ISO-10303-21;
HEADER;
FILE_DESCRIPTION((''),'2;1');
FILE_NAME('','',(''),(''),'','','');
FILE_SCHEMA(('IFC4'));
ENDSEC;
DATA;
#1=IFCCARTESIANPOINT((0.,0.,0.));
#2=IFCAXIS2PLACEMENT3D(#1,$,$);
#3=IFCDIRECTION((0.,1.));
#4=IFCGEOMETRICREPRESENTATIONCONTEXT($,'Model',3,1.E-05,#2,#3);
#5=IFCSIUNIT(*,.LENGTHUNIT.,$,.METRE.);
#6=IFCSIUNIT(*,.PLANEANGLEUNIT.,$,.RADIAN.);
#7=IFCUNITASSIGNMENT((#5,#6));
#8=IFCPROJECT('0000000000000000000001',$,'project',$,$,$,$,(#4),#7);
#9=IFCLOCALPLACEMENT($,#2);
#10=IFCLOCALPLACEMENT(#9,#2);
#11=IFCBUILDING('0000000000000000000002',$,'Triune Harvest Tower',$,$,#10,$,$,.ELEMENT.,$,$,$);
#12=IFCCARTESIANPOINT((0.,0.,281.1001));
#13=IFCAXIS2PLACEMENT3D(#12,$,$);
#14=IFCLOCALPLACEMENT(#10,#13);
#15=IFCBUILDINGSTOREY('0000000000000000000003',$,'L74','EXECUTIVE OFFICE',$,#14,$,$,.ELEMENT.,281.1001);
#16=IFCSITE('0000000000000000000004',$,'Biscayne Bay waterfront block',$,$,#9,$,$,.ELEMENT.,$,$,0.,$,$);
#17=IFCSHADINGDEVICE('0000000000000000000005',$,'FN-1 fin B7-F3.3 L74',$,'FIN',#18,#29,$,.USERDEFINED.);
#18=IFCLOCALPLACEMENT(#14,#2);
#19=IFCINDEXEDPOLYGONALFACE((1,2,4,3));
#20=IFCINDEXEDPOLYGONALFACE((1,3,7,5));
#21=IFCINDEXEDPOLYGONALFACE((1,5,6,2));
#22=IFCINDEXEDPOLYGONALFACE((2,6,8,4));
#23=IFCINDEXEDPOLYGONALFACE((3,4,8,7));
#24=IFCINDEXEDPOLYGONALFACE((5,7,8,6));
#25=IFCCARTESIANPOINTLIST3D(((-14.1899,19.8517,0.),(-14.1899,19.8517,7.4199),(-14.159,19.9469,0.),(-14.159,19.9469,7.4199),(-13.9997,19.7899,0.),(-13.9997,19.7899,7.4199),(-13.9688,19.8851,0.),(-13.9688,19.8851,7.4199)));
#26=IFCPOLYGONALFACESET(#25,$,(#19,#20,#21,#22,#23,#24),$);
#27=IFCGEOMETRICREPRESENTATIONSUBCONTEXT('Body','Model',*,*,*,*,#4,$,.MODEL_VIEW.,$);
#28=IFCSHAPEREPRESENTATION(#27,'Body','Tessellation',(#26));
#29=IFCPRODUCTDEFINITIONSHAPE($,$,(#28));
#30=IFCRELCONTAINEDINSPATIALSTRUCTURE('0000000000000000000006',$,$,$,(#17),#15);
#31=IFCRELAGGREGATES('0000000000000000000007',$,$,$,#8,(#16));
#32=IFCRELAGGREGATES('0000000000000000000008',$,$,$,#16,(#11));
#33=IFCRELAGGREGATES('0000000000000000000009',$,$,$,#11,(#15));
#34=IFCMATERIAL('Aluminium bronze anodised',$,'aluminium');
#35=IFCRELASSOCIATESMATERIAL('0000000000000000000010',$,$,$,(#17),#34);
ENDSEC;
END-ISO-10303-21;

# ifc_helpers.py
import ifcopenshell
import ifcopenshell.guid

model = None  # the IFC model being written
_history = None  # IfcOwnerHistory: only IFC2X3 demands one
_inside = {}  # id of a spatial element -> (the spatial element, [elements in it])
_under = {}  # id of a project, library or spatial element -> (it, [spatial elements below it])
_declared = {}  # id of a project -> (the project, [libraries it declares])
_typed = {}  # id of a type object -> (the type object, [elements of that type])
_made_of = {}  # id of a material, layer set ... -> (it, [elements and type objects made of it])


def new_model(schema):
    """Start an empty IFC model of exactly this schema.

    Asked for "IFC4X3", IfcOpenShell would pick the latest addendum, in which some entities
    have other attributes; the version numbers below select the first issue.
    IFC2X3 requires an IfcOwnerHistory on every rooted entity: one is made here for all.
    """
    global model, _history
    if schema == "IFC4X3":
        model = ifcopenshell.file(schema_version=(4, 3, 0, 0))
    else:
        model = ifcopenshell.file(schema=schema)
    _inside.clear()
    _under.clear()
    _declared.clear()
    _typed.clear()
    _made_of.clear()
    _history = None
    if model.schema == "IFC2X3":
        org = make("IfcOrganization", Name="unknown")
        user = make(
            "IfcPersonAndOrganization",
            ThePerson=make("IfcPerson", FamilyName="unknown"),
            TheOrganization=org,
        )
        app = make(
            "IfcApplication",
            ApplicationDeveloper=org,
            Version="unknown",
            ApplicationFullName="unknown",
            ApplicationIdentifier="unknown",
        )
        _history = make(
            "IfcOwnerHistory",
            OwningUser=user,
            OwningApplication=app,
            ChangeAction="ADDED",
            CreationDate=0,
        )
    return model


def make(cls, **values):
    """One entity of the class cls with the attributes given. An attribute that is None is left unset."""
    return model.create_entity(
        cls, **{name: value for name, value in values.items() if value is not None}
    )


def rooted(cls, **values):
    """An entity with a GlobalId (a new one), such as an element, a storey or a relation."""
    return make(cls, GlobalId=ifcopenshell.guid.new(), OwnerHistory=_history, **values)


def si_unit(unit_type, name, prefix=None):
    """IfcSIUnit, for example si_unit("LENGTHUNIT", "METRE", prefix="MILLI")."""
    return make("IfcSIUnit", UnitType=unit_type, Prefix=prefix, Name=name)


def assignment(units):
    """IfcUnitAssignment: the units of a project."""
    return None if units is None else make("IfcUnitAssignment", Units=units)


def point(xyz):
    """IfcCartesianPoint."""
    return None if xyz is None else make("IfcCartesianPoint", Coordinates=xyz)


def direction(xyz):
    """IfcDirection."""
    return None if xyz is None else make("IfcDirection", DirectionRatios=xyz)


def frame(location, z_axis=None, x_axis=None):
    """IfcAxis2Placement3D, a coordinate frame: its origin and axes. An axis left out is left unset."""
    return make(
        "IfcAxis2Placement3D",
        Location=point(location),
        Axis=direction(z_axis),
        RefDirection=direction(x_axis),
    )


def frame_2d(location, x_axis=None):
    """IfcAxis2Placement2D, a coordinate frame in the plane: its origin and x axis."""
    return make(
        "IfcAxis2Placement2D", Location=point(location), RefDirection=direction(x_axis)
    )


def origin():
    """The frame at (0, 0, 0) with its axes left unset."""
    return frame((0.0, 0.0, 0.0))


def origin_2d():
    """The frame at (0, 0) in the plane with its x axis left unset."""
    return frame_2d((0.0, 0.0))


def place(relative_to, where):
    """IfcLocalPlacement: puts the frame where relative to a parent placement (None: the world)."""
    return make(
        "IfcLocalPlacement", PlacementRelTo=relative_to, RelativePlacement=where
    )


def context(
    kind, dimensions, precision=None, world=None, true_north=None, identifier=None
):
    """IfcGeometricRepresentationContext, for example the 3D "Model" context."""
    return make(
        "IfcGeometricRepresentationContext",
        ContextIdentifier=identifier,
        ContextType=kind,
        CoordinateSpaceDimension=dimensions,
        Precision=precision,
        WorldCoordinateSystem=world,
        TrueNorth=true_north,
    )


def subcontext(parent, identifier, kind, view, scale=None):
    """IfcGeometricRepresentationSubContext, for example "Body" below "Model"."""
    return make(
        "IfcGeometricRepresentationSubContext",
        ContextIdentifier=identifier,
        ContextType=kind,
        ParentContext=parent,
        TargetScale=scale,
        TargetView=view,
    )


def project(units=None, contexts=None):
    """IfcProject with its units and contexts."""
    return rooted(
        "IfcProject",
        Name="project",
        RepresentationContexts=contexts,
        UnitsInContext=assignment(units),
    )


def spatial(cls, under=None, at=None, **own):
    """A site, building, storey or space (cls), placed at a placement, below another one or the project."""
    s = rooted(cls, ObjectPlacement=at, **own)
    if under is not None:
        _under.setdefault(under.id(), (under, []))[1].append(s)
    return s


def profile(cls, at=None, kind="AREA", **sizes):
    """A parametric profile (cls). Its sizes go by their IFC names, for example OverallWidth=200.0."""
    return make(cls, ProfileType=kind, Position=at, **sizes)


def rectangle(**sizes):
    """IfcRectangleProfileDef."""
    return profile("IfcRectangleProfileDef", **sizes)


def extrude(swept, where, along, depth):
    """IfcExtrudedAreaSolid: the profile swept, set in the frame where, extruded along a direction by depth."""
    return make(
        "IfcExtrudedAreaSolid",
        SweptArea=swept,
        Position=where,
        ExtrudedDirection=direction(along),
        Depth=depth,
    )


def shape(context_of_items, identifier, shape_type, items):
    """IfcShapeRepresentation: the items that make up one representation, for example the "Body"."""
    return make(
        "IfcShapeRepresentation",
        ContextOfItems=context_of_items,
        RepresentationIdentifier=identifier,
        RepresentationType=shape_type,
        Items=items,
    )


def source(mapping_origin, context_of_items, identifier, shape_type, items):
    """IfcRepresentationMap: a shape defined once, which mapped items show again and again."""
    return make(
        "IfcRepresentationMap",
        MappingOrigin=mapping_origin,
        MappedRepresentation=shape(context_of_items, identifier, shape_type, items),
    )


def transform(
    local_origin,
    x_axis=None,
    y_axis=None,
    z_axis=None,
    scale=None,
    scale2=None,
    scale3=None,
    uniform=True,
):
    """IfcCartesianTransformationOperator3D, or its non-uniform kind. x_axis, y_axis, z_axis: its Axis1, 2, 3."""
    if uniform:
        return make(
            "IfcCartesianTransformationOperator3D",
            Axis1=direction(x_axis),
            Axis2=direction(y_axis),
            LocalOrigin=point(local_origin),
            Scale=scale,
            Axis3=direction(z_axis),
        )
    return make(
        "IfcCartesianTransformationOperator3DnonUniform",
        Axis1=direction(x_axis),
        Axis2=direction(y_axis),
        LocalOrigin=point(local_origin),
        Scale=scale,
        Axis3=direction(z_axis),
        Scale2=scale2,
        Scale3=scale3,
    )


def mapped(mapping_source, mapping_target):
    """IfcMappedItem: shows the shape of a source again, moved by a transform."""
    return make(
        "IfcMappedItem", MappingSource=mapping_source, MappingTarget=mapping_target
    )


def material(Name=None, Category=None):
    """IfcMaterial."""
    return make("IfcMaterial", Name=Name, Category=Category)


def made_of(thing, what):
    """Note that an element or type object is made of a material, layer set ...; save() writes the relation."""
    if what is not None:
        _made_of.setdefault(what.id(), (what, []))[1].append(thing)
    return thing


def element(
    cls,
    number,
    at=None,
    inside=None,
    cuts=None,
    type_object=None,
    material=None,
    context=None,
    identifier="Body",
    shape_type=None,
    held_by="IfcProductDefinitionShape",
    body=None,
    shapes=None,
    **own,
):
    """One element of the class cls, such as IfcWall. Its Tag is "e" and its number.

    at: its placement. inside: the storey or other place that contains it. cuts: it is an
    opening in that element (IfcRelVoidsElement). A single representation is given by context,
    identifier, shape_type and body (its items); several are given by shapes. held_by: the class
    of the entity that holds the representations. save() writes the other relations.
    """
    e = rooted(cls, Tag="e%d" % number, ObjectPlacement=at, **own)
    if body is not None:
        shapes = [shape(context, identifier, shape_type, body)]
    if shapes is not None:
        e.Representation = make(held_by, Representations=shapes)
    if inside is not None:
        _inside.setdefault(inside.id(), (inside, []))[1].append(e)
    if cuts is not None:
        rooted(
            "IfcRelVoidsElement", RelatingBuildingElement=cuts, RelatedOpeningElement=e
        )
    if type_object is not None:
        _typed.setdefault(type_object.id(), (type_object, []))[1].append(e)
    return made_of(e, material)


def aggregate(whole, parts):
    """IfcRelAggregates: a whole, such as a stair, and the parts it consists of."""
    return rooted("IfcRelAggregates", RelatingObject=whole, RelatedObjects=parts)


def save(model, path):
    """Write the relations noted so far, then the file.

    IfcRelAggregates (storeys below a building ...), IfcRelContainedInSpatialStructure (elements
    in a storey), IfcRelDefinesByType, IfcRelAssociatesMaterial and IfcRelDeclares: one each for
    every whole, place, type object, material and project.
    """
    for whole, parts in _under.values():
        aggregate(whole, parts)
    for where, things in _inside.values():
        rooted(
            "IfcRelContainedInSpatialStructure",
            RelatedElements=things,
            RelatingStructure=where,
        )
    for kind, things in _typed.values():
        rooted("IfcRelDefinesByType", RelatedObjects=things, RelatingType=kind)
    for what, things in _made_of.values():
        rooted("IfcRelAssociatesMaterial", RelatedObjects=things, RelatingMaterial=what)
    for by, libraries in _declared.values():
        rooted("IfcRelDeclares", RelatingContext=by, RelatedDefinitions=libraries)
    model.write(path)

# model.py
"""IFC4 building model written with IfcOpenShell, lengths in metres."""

from ifc_helpers import new_model, si_unit, direction, frame, origin, origin_2d, place, context, subcontext, project, spatial, rectangle, extrude, source, transform, mapped, material, element, save


model = new_model("IFC4")

# Units and contexts
model_context = context("Model", 3, precision=1e-05, world=origin(), true_north=direction((0.0, 1.0)))
body_context = subcontext(model_context, "Body", "Model", "MODEL_VIEW")
ifc_project = project(units=[si_unit("LENGTHUNIT", "METRE"), si_unit("PLANEANGLEUNIT", "RADIAN")], contexts=[model_context])

# Site, building, storey
site_placement = place(None, origin())
site = spatial("IfcSite", under=ifc_project, at=site_placement, Name="Biscayne Bay waterfront block", CompositionType="ELEMENT", RefElevation=0.0)
building_placement = place(site_placement, origin())
building = spatial("IfcBuilding", under=site, at=building_placement, Name="Triune Harvest Tower", CompositionType="ELEMENT")
storey_placement = place(building_placement, frame((0.0, 0.0, 281.1001)))
storey = spatial("IfcBuildingStorey", under=building, at=storey_placement, Name="L74", Description="EXECUTIVE OFFICE", CompositionType="ELEMENT", Elevation=281.1001)

# Shading device
ifc_material_1 = material(Name="Aluminium bronze anodised", Category="aluminium")
shared_shape_1 = source(origin(), body_context, "Body", "SweptSolid", [
    extrude(rectangle(XDim=0.1001, YDim=0.2, at=origin_2d()), origin(), (0.0, 0.0, 1.0), 7.4199),
])
shading_device_placement = place(storey_placement, frame((-14.0793, 19.8684, 0.0), z_axis=(0.0, 0.0, 1.0), x_axis=(-0.309016, -0.951057, 0.0)))
element("IfcShadingDevice", 1, at=shading_device_placement, inside=storey, material=ifc_material_1, Name="FN-1 fin B7-F3.3 L74", ObjectType="FIN", PredefinedType="USERDEFINED", context=body_context, shape_type="MappedRepresentation", body=[
    mapped(shared_shape_1, transform((0.0, 0.0, 0.0), scale=1.0)),
])

save(model, "model.ifc")
